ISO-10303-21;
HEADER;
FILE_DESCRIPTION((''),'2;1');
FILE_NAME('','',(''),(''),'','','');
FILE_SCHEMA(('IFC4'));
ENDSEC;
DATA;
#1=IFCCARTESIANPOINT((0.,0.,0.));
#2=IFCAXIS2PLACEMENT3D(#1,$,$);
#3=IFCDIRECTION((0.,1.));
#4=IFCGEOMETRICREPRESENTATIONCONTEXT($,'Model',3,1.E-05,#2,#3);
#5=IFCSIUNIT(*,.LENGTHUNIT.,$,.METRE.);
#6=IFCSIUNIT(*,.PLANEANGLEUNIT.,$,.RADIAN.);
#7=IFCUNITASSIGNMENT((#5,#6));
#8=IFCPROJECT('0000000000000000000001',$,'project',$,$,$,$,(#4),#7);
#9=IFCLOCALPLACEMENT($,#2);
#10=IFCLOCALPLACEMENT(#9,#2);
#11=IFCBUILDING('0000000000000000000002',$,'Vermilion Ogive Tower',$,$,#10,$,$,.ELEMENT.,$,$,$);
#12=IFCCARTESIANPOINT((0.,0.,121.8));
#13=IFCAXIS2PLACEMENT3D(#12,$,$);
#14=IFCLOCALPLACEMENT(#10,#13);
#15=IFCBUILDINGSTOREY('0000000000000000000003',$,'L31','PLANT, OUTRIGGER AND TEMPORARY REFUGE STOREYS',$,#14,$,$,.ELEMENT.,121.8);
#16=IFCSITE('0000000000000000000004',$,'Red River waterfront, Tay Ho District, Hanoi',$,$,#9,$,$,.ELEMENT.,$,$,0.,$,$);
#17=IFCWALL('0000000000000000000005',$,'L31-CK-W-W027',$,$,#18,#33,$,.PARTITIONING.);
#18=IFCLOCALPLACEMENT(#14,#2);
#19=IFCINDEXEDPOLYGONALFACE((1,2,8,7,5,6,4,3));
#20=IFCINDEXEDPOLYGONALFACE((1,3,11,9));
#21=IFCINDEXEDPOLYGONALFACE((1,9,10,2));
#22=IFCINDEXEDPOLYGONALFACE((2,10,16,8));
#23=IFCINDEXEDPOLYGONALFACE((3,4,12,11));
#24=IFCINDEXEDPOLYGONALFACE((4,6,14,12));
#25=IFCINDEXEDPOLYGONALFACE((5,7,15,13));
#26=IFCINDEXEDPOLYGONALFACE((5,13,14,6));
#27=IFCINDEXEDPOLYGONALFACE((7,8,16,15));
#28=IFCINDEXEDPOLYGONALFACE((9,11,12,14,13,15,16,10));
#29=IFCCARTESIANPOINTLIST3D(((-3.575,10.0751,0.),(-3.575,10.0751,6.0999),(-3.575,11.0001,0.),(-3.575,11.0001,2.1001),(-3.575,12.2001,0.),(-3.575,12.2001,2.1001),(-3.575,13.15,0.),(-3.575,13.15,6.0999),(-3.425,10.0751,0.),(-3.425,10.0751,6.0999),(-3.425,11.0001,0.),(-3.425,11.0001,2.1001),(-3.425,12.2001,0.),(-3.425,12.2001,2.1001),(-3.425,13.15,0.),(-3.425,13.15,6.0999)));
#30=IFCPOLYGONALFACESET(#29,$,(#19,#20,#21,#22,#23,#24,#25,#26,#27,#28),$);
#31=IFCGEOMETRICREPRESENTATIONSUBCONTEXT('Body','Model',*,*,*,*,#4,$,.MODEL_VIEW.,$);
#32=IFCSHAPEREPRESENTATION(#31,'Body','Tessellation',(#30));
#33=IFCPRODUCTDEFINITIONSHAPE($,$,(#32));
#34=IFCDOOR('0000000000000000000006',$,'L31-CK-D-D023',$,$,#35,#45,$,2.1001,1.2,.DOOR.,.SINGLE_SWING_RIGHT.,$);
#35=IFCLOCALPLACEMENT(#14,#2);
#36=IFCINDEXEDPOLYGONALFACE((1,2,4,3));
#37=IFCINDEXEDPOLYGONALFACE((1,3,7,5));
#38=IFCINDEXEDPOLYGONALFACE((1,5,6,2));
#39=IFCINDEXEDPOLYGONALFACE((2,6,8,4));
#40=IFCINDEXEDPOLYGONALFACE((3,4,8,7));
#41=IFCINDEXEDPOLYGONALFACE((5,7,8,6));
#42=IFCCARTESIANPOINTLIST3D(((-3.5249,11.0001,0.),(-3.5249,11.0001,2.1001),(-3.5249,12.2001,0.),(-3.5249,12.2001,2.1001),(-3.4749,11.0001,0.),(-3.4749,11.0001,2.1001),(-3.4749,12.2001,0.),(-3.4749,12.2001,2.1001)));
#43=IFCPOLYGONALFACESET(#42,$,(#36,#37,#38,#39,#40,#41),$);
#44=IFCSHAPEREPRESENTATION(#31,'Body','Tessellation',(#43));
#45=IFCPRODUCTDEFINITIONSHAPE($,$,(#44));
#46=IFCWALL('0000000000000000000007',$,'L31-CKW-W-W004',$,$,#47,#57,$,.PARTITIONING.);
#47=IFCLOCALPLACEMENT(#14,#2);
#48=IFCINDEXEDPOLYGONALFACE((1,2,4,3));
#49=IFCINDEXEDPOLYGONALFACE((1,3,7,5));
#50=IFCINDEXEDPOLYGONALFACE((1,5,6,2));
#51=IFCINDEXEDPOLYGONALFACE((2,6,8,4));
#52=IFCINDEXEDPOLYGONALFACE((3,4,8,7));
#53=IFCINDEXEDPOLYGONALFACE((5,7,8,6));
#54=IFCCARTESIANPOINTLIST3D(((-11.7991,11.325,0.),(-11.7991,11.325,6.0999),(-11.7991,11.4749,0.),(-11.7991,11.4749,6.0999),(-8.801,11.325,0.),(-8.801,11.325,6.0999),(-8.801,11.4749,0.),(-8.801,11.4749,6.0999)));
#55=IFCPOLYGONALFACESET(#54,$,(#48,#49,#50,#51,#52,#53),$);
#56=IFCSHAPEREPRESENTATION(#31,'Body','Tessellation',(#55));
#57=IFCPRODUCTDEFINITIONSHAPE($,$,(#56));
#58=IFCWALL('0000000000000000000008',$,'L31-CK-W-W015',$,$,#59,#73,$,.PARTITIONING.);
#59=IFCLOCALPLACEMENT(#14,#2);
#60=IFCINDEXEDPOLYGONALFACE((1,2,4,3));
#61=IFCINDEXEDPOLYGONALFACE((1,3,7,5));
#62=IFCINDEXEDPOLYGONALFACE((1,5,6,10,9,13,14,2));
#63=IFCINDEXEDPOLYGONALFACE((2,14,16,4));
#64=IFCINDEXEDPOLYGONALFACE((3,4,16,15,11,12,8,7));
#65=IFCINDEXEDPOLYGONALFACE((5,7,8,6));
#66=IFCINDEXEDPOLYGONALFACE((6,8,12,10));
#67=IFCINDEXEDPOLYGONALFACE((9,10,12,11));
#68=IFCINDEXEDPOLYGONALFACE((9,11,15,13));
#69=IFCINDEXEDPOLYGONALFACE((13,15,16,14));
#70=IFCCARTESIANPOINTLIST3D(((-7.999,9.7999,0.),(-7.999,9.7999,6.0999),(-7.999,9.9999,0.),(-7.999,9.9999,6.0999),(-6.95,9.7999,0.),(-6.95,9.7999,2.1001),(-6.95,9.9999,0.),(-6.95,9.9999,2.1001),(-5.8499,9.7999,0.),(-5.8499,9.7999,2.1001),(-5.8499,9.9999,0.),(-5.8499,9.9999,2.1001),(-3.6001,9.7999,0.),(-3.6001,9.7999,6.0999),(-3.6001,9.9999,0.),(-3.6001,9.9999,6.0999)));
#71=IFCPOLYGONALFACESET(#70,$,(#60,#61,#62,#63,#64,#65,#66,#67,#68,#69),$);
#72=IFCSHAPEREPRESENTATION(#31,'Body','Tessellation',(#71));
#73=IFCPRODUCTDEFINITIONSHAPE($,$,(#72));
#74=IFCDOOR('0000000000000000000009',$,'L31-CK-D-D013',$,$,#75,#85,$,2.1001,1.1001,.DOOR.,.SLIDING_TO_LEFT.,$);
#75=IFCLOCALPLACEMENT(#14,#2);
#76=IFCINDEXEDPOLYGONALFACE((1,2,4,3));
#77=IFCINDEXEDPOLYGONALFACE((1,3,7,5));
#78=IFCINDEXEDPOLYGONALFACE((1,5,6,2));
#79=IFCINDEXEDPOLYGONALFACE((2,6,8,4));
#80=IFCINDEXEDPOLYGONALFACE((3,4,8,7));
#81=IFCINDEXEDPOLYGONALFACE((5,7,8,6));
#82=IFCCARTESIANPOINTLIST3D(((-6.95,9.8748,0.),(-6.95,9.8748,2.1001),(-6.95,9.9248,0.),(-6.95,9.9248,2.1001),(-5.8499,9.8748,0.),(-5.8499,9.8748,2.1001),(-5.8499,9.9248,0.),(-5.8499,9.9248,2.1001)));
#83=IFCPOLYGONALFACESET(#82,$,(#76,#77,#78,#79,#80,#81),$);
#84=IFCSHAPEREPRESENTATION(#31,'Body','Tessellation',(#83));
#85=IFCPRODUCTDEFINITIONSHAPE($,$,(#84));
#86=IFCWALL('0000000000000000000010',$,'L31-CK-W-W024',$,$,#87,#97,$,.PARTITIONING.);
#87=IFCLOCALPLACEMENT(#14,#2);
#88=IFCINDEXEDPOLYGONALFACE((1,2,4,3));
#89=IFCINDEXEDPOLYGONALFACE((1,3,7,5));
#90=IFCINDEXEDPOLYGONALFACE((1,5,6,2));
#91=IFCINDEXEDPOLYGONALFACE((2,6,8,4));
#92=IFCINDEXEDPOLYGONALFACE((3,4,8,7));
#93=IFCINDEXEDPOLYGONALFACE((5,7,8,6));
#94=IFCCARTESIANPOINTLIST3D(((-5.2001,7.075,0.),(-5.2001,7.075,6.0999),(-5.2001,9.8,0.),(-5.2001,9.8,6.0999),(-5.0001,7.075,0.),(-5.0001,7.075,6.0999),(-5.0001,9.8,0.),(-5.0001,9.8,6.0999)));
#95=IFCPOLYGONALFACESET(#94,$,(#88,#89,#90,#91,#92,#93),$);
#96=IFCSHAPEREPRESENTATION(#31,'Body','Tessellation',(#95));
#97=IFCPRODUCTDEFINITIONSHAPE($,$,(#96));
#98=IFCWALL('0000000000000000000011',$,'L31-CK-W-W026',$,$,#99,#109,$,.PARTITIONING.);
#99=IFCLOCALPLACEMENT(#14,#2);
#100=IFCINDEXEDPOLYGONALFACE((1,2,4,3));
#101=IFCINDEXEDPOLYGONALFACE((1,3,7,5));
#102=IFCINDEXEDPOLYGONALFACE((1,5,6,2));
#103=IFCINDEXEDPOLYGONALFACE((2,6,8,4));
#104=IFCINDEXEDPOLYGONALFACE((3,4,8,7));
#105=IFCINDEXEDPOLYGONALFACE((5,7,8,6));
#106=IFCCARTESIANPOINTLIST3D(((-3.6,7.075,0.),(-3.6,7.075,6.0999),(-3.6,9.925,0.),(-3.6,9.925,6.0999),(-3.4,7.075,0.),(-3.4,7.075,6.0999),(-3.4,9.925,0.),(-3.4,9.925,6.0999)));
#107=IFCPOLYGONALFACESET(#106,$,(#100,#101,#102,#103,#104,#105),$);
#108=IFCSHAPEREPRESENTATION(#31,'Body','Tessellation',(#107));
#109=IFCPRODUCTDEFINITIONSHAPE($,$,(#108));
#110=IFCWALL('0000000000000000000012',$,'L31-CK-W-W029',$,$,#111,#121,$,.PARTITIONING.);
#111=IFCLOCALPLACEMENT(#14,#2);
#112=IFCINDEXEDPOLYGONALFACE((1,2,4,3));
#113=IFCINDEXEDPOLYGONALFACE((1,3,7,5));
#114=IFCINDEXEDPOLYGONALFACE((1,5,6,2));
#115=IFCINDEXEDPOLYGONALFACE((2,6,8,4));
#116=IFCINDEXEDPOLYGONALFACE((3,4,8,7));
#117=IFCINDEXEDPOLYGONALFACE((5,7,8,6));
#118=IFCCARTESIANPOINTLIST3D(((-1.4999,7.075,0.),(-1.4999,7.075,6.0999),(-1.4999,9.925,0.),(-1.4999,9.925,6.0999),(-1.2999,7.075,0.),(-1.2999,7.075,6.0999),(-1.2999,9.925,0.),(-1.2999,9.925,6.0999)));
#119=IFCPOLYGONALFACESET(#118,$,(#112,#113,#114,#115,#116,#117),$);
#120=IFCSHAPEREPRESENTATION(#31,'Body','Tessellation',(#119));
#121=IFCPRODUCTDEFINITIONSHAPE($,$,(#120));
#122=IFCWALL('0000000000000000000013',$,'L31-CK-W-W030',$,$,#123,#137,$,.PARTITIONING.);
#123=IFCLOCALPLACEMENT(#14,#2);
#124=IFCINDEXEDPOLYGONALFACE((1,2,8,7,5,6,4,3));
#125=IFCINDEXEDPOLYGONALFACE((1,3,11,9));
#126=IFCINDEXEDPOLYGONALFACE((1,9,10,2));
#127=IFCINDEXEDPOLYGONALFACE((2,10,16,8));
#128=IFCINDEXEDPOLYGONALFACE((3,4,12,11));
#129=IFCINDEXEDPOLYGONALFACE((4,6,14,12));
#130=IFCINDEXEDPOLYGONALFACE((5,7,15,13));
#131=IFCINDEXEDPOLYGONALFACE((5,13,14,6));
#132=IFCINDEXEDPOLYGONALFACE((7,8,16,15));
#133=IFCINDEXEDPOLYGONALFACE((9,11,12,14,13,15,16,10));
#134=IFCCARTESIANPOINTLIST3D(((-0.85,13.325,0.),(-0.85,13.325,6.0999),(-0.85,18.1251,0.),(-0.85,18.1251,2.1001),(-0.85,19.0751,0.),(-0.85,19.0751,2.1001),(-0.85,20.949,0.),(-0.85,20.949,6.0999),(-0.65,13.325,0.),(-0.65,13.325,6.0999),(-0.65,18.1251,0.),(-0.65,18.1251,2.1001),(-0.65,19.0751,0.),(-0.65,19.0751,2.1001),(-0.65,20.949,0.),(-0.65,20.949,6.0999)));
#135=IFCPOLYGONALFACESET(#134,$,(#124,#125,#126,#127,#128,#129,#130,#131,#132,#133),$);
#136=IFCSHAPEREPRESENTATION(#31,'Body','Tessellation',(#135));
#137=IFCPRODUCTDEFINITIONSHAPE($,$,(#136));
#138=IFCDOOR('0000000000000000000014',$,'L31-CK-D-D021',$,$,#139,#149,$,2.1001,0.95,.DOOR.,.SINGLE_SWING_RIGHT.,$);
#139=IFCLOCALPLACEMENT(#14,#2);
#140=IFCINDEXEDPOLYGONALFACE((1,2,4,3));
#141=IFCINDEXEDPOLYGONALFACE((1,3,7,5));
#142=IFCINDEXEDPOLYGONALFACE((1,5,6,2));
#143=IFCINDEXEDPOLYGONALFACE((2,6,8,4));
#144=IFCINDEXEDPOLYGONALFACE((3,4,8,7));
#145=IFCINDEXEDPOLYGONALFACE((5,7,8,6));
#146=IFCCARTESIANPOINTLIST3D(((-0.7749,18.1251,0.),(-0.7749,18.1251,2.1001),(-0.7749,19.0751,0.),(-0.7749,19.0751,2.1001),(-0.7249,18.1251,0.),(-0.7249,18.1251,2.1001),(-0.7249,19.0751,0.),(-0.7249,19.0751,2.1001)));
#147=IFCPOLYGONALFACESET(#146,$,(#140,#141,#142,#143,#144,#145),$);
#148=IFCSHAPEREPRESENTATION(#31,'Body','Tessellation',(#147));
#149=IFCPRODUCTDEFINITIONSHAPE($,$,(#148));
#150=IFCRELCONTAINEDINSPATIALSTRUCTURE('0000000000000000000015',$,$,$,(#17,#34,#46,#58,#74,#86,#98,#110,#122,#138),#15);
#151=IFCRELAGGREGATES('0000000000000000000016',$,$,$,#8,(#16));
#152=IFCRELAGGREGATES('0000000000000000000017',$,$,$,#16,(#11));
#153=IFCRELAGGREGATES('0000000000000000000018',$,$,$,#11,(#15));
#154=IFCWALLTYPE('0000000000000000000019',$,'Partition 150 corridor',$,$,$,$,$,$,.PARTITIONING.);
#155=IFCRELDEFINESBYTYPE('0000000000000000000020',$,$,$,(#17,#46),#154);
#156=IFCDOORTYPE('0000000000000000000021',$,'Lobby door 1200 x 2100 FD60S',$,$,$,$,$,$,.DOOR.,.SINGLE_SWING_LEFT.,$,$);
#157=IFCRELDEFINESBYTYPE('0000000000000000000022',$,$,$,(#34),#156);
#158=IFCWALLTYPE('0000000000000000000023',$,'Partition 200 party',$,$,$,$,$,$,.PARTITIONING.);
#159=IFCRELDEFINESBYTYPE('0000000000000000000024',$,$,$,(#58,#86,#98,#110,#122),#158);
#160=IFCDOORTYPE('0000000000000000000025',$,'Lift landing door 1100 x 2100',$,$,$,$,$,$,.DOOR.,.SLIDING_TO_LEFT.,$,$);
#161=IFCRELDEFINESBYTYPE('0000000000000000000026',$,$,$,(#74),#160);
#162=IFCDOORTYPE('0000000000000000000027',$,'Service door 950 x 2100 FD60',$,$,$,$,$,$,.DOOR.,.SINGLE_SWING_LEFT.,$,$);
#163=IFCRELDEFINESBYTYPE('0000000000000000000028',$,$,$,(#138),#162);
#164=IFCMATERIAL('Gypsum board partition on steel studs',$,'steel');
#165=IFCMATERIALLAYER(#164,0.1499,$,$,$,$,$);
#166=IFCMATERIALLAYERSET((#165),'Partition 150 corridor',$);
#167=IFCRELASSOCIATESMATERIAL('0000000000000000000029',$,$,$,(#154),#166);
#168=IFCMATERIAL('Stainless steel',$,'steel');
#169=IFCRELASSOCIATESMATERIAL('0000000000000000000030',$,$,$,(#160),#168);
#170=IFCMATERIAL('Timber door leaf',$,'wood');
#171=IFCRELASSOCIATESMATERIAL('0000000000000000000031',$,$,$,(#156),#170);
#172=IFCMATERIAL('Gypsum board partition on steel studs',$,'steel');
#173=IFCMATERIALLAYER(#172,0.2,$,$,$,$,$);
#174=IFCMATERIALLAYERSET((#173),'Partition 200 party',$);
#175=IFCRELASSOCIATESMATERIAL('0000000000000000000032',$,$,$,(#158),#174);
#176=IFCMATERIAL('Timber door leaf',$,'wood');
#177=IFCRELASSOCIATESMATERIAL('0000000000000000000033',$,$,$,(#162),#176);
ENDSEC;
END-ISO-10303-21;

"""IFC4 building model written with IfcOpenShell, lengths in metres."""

from ifc_helpers import new_model, si_unit, direction, frame, frame_2d, origin, place, context, subcontext, project, spatial, rectangle, extrude, material, layer, layer_set, type_object, element, fill, save


model = new_model("IFC4")

# Units and contexts
model_context = context("Model", 3, precision=1e-05, world=origin(), true_north=direction((0.0, 1.0)))
body_context = subcontext(model_context, "Body", "Model", "MODEL_VIEW")
ifc_project = project(units=[si_unit("LENGTHUNIT", "METRE"), si_unit("PLANEANGLEUNIT", "RADIAN")], contexts=[model_context])

# Site, building, storey
site_placement = place(None, origin())
site = spatial("IfcSite", under=ifc_project, at=site_placement, Name="Red River waterfront, Tay Ho District, Hanoi", CompositionType="ELEMENT", RefElevation=0.0)
building_placement = place(site_placement, origin())
building = spatial("IfcBuilding", under=site, at=building_placement, Name="Vermilion Ogive Tower", CompositionType="ELEMENT")
storey_placement = place(building_placement, frame((0.0, 0.0, 121.8)))
storey = spatial("IfcBuildingStorey", under=building, at=storey_placement, Name="L31", Description="PLANT, OUTRIGGER AND TEMPORARY REFUGE STOREYS", CompositionType="ELEMENT", Elevation=121.8)

# Shared definitions
ifc_material_1 = material(Name="Gypsum board partition on steel studs", Category="steel")
ifc_layer_1 = layer(ifc_material_1, 0.1499)
ifc_layer_set_1 = layer_set([ifc_layer_1], Name="Partition 150 corridor")
wall_type_1 = type_object("IfcWallType", Name="Partition 150 corridor", PredefinedType="PARTITIONING", material=ifc_layer_set_1)

# Shared definitions
ifc_material_2 = material(Name="Stainless steel", Category="steel")
door_type_1 = type_object("IfcDoorType", Name="Lift landing door 1100 x 2100", OperationType="SLIDING_TO_LEFT", PredefinedType="DOOR", material=ifc_material_2)

# Wall, opening, door
wall_1_placement = place(storey_placement, frame((-3.5, 10.075, 0.0), z_axis=(0.0, 0.0, 1.0), x_axis=(0.0, 1.0, 0.0)))
wall_1 = element("IfcWall", 1, at=wall_1_placement, inside=storey, type_object=wall_type_1, Name="L31-CK-W-W027", PredefinedType="PARTITIONING", context=body_context, shape_type="SweptSolid", body=[
    extrude(rectangle(XDim=3.075, YDim=0.1499, at=frame_2d((1.5376, 0.0))), origin(), (0.0, 0.0, 1.0), 6.0999),
])
opening_1_placement = place(wall_1_placement, frame((0.925, 0.0, 0.0)))
opening_1 = element("IfcOpeningElement", 2, at=opening_1_placement, cuts=wall_1, PredefinedType="OPENING", context=body_context, shape_type="SweptSolid", body=[
    extrude(rectangle(XDim=1.2, YDim=2.1001, at=frame_2d((0.6001, 1.05))), frame((0.0, 0.085, 0.0), z_axis=(0.0, -1.0, 0.0), x_axis=(1.0, 0.0, 0.0)), (0.0, 0.0, 1.0), 0.1699),
])
ifc_material_3 = material(Name="Timber door leaf", Category="wood")
door_type_2 = type_object("IfcDoorType", Name="Lobby door 1200 x 2100 FD60S", OperationType="SINGLE_SWING_LEFT", PredefinedType="DOOR", material=ifc_material_3)
door_1_placement = place(opening_1_placement, origin())
door_1 = element("IfcDoor", 3, at=door_1_placement, inside=storey, type_object=door_type_2, Name="L31-CK-D-D023", OperationType="SINGLE_SWING_RIGHT", OverallHeight=2.1001, OverallWidth=1.2, PredefinedType="DOOR", context=body_context, shape_type="SweptSolid", body=[
    extrude(rectangle(XDim=1.2, YDim=2.1001, at=frame_2d((0.6001, 1.05))), frame((0.0, 0.0249, 0.0), z_axis=(0.0, -1.0, 0.0), x_axis=(1.0, 0.0, 0.0)), (0.0, 0.0, 1.0), 0.05),
])
fill(opening_1, door_1)

# Wall
wall_2_placement = place(storey_placement, frame((-11.7991, 11.3999, 0.0), z_axis=(0.0, 0.0, 1.0), x_axis=(1.0, 0.0, 0.0)))
element("IfcWall", 4, at=wall_2_placement, inside=storey, type_object=wall_type_1, Name="L31-CKW-W-W004", PredefinedType="PARTITIONING", context=body_context, shape_type="SweptSolid", body=[
    extrude(rectangle(XDim=2.998, YDim=0.1499, at=frame_2d((1.499, 0.0))), origin(), (0.0, 0.0, 1.0), 6.0999),
])

# Wall, opening, door
ifc_material_4 = material(Name="Gypsum board partition on steel studs", Category="steel")
ifc_layer_2 = layer(ifc_material_4, 0.2)
ifc_layer_set_2 = layer_set([ifc_layer_2], Name="Partition 200 party")
wall_type_2 = type_object("IfcWallType", Name="Partition 200 party", PredefinedType="PARTITIONING", material=ifc_layer_set_2)
wall_3_placement = place(storey_placement, frame((-7.999, 9.8999, 0.0), z_axis=(0.0, 0.0, 1.0), x_axis=(1.0, 0.0, 0.0)))
wall_3 = element("IfcWall", 5, at=wall_3_placement, inside=storey, type_object=wall_type_2, Name="L31-CK-W-W015", PredefinedType="PARTITIONING", context=body_context, shape_type="SweptSolid", body=[
    extrude(rectangle(XDim=4.3989, YDim=0.2, at=frame_2d((2.1995, 0.0))), origin(), (0.0, 0.0, 1.0), 6.0999),
])
opening_2_placement = place(wall_3_placement, frame((1.0491, 0.0, 0.0)))
opening_2 = element("IfcOpeningElement", 6, at=opening_2_placement, cuts=wall_3, PredefinedType="OPENING", context=body_context, shape_type="SweptSolid", body=[
    extrude(rectangle(XDim=1.1001, YDim=2.1001, at=frame_2d((0.55, 1.05))), frame((0.0, 0.1099, 0.0), z_axis=(0.0, -1.0, 0.0), x_axis=(1.0, 0.0, 0.0)), (0.0, 0.0, 1.0), 0.22),
])
door_2_placement = place(opening_2_placement, origin())
door_2 = element("IfcDoor", 7, at=door_2_placement, inside=storey, type_object=door_type_1, Name="L31-CK-D-D013", OperationType="SLIDING_TO_LEFT", OverallHeight=2.1001, OverallWidth=1.1001, PredefinedType="DOOR", context=body_context, shape_type="SweptSolid", body=[
    extrude(rectangle(XDim=1.1001, YDim=2.1001, at=frame_2d((0.55, 1.05))), frame((0.0, 0.0249, 0.0), z_axis=(0.0, -1.0, 0.0), x_axis=(1.0, 0.0, 0.0)), (0.0, 0.0, 1.0), 0.05),
])
fill(opening_2, door_2)

# Walls
wall_4_placement = place(storey_placement, frame((-5.1001, 7.075, 0.0), z_axis=(0.0, 0.0, 1.0), x_axis=(0.0, 1.0, 0.0)))
element("IfcWall", 8, at=wall_4_placement, inside=storey, type_object=wall_type_2, Name="L31-CK-W-W024", PredefinedType="PARTITIONING", context=body_context, shape_type="SweptSolid", body=[
    extrude(rectangle(XDim=2.7251, YDim=0.2, at=frame_2d((1.3625, 0.0))), origin(), (0.0, 0.0, 1.0), 6.0999),
])
for number, where, z_axis, x_axis, name in (
    (9, (-3.5, 7.075, 0.0), (0.0, 0.0, 1.0), (0.0, 1.0, 0.0), "L31-CK-W-W026"),
    (10, (-1.3999, 7.075, 0.0), (0.0, 0.0, 1.0), (0.0, 1.0, 0.0), "L31-CK-W-W029"),
):
    element("IfcWall", number, at=place(storey_placement, frame(where, z_axis=z_axis, x_axis=x_axis)), inside=storey, type_object=wall_type_2, Name=name, PredefinedType="PARTITIONING", context=body_context, shape_type="SweptSolid", body=[
        extrude(rectangle(XDim=2.8501, YDim=0.2, at=frame_2d((1.425, 0.0))), origin(), (0.0, 0.0, 1.0), 6.0999),
    ])

# Wall, opening, door
wall_5_placement = place(storey_placement, frame((-0.75, 13.325, 0.0), z_axis=(0.0, 0.0, 1.0), x_axis=(0.0, 1.0, 0.0)))
wall_5 = element("IfcWall", 11, at=wall_5_placement, inside=storey, type_object=wall_type_2, Name="L31-CK-W-W030", PredefinedType="PARTITIONING", context=body_context, shape_type="SweptSolid", body=[
    extrude(rectangle(XDim=7.624, YDim=0.2, at=frame_2d((3.812, 0.0))), origin(), (0.0, 0.0, 1.0), 6.0999),
])
opening_3_placement = place(wall_5_placement, frame((4.8, 0.0, 0.0)))
opening_3 = element("IfcOpeningElement", 12, at=opening_3_placement, cuts=wall_5, PredefinedType="OPENING", context=body_context, shape_type="SweptSolid", body=[
    extrude(rectangle(XDim=0.95, YDim=2.1001, at=frame_2d((0.4751, 1.05))), frame((0.0, 0.1099, 0.0), z_axis=(0.0, -1.0, 0.0), x_axis=(1.0, 0.0, 0.0)), (0.0, 0.0, 1.0), 0.22),
])
ifc_material_5 = material(Name="Timber door leaf", Category="wood")
door_type_3 = type_object("IfcDoorType", Name="Service door 950 x 2100 FD60", OperationType="SINGLE_SWING_LEFT", PredefinedType="DOOR", material=ifc_material_5)
door_3_placement = place(opening_3_placement, origin())
door_3 = element("IfcDoor", 13, at=door_3_placement, inside=storey, type_object=door_type_3, Name="L31-CK-D-D021", OperationType="SINGLE_SWING_RIGHT", OverallHeight=2.1001, OverallWidth=0.95, PredefinedType="DOOR", context=body_context, shape_type="SweptSolid", body=[
    extrude(rectangle(XDim=0.95, YDim=2.1001, at=frame_2d((0.4751, 1.05))), frame((0.0, 0.0249, 0.0), z_axis=(0.0, -1.0, 0.0), x_axis=(1.0, 0.0, 0.0)), (0.0, 0.0, 1.0), 0.05),
])
fill(opening_3, door_3)

save(model, "model.ifc")
